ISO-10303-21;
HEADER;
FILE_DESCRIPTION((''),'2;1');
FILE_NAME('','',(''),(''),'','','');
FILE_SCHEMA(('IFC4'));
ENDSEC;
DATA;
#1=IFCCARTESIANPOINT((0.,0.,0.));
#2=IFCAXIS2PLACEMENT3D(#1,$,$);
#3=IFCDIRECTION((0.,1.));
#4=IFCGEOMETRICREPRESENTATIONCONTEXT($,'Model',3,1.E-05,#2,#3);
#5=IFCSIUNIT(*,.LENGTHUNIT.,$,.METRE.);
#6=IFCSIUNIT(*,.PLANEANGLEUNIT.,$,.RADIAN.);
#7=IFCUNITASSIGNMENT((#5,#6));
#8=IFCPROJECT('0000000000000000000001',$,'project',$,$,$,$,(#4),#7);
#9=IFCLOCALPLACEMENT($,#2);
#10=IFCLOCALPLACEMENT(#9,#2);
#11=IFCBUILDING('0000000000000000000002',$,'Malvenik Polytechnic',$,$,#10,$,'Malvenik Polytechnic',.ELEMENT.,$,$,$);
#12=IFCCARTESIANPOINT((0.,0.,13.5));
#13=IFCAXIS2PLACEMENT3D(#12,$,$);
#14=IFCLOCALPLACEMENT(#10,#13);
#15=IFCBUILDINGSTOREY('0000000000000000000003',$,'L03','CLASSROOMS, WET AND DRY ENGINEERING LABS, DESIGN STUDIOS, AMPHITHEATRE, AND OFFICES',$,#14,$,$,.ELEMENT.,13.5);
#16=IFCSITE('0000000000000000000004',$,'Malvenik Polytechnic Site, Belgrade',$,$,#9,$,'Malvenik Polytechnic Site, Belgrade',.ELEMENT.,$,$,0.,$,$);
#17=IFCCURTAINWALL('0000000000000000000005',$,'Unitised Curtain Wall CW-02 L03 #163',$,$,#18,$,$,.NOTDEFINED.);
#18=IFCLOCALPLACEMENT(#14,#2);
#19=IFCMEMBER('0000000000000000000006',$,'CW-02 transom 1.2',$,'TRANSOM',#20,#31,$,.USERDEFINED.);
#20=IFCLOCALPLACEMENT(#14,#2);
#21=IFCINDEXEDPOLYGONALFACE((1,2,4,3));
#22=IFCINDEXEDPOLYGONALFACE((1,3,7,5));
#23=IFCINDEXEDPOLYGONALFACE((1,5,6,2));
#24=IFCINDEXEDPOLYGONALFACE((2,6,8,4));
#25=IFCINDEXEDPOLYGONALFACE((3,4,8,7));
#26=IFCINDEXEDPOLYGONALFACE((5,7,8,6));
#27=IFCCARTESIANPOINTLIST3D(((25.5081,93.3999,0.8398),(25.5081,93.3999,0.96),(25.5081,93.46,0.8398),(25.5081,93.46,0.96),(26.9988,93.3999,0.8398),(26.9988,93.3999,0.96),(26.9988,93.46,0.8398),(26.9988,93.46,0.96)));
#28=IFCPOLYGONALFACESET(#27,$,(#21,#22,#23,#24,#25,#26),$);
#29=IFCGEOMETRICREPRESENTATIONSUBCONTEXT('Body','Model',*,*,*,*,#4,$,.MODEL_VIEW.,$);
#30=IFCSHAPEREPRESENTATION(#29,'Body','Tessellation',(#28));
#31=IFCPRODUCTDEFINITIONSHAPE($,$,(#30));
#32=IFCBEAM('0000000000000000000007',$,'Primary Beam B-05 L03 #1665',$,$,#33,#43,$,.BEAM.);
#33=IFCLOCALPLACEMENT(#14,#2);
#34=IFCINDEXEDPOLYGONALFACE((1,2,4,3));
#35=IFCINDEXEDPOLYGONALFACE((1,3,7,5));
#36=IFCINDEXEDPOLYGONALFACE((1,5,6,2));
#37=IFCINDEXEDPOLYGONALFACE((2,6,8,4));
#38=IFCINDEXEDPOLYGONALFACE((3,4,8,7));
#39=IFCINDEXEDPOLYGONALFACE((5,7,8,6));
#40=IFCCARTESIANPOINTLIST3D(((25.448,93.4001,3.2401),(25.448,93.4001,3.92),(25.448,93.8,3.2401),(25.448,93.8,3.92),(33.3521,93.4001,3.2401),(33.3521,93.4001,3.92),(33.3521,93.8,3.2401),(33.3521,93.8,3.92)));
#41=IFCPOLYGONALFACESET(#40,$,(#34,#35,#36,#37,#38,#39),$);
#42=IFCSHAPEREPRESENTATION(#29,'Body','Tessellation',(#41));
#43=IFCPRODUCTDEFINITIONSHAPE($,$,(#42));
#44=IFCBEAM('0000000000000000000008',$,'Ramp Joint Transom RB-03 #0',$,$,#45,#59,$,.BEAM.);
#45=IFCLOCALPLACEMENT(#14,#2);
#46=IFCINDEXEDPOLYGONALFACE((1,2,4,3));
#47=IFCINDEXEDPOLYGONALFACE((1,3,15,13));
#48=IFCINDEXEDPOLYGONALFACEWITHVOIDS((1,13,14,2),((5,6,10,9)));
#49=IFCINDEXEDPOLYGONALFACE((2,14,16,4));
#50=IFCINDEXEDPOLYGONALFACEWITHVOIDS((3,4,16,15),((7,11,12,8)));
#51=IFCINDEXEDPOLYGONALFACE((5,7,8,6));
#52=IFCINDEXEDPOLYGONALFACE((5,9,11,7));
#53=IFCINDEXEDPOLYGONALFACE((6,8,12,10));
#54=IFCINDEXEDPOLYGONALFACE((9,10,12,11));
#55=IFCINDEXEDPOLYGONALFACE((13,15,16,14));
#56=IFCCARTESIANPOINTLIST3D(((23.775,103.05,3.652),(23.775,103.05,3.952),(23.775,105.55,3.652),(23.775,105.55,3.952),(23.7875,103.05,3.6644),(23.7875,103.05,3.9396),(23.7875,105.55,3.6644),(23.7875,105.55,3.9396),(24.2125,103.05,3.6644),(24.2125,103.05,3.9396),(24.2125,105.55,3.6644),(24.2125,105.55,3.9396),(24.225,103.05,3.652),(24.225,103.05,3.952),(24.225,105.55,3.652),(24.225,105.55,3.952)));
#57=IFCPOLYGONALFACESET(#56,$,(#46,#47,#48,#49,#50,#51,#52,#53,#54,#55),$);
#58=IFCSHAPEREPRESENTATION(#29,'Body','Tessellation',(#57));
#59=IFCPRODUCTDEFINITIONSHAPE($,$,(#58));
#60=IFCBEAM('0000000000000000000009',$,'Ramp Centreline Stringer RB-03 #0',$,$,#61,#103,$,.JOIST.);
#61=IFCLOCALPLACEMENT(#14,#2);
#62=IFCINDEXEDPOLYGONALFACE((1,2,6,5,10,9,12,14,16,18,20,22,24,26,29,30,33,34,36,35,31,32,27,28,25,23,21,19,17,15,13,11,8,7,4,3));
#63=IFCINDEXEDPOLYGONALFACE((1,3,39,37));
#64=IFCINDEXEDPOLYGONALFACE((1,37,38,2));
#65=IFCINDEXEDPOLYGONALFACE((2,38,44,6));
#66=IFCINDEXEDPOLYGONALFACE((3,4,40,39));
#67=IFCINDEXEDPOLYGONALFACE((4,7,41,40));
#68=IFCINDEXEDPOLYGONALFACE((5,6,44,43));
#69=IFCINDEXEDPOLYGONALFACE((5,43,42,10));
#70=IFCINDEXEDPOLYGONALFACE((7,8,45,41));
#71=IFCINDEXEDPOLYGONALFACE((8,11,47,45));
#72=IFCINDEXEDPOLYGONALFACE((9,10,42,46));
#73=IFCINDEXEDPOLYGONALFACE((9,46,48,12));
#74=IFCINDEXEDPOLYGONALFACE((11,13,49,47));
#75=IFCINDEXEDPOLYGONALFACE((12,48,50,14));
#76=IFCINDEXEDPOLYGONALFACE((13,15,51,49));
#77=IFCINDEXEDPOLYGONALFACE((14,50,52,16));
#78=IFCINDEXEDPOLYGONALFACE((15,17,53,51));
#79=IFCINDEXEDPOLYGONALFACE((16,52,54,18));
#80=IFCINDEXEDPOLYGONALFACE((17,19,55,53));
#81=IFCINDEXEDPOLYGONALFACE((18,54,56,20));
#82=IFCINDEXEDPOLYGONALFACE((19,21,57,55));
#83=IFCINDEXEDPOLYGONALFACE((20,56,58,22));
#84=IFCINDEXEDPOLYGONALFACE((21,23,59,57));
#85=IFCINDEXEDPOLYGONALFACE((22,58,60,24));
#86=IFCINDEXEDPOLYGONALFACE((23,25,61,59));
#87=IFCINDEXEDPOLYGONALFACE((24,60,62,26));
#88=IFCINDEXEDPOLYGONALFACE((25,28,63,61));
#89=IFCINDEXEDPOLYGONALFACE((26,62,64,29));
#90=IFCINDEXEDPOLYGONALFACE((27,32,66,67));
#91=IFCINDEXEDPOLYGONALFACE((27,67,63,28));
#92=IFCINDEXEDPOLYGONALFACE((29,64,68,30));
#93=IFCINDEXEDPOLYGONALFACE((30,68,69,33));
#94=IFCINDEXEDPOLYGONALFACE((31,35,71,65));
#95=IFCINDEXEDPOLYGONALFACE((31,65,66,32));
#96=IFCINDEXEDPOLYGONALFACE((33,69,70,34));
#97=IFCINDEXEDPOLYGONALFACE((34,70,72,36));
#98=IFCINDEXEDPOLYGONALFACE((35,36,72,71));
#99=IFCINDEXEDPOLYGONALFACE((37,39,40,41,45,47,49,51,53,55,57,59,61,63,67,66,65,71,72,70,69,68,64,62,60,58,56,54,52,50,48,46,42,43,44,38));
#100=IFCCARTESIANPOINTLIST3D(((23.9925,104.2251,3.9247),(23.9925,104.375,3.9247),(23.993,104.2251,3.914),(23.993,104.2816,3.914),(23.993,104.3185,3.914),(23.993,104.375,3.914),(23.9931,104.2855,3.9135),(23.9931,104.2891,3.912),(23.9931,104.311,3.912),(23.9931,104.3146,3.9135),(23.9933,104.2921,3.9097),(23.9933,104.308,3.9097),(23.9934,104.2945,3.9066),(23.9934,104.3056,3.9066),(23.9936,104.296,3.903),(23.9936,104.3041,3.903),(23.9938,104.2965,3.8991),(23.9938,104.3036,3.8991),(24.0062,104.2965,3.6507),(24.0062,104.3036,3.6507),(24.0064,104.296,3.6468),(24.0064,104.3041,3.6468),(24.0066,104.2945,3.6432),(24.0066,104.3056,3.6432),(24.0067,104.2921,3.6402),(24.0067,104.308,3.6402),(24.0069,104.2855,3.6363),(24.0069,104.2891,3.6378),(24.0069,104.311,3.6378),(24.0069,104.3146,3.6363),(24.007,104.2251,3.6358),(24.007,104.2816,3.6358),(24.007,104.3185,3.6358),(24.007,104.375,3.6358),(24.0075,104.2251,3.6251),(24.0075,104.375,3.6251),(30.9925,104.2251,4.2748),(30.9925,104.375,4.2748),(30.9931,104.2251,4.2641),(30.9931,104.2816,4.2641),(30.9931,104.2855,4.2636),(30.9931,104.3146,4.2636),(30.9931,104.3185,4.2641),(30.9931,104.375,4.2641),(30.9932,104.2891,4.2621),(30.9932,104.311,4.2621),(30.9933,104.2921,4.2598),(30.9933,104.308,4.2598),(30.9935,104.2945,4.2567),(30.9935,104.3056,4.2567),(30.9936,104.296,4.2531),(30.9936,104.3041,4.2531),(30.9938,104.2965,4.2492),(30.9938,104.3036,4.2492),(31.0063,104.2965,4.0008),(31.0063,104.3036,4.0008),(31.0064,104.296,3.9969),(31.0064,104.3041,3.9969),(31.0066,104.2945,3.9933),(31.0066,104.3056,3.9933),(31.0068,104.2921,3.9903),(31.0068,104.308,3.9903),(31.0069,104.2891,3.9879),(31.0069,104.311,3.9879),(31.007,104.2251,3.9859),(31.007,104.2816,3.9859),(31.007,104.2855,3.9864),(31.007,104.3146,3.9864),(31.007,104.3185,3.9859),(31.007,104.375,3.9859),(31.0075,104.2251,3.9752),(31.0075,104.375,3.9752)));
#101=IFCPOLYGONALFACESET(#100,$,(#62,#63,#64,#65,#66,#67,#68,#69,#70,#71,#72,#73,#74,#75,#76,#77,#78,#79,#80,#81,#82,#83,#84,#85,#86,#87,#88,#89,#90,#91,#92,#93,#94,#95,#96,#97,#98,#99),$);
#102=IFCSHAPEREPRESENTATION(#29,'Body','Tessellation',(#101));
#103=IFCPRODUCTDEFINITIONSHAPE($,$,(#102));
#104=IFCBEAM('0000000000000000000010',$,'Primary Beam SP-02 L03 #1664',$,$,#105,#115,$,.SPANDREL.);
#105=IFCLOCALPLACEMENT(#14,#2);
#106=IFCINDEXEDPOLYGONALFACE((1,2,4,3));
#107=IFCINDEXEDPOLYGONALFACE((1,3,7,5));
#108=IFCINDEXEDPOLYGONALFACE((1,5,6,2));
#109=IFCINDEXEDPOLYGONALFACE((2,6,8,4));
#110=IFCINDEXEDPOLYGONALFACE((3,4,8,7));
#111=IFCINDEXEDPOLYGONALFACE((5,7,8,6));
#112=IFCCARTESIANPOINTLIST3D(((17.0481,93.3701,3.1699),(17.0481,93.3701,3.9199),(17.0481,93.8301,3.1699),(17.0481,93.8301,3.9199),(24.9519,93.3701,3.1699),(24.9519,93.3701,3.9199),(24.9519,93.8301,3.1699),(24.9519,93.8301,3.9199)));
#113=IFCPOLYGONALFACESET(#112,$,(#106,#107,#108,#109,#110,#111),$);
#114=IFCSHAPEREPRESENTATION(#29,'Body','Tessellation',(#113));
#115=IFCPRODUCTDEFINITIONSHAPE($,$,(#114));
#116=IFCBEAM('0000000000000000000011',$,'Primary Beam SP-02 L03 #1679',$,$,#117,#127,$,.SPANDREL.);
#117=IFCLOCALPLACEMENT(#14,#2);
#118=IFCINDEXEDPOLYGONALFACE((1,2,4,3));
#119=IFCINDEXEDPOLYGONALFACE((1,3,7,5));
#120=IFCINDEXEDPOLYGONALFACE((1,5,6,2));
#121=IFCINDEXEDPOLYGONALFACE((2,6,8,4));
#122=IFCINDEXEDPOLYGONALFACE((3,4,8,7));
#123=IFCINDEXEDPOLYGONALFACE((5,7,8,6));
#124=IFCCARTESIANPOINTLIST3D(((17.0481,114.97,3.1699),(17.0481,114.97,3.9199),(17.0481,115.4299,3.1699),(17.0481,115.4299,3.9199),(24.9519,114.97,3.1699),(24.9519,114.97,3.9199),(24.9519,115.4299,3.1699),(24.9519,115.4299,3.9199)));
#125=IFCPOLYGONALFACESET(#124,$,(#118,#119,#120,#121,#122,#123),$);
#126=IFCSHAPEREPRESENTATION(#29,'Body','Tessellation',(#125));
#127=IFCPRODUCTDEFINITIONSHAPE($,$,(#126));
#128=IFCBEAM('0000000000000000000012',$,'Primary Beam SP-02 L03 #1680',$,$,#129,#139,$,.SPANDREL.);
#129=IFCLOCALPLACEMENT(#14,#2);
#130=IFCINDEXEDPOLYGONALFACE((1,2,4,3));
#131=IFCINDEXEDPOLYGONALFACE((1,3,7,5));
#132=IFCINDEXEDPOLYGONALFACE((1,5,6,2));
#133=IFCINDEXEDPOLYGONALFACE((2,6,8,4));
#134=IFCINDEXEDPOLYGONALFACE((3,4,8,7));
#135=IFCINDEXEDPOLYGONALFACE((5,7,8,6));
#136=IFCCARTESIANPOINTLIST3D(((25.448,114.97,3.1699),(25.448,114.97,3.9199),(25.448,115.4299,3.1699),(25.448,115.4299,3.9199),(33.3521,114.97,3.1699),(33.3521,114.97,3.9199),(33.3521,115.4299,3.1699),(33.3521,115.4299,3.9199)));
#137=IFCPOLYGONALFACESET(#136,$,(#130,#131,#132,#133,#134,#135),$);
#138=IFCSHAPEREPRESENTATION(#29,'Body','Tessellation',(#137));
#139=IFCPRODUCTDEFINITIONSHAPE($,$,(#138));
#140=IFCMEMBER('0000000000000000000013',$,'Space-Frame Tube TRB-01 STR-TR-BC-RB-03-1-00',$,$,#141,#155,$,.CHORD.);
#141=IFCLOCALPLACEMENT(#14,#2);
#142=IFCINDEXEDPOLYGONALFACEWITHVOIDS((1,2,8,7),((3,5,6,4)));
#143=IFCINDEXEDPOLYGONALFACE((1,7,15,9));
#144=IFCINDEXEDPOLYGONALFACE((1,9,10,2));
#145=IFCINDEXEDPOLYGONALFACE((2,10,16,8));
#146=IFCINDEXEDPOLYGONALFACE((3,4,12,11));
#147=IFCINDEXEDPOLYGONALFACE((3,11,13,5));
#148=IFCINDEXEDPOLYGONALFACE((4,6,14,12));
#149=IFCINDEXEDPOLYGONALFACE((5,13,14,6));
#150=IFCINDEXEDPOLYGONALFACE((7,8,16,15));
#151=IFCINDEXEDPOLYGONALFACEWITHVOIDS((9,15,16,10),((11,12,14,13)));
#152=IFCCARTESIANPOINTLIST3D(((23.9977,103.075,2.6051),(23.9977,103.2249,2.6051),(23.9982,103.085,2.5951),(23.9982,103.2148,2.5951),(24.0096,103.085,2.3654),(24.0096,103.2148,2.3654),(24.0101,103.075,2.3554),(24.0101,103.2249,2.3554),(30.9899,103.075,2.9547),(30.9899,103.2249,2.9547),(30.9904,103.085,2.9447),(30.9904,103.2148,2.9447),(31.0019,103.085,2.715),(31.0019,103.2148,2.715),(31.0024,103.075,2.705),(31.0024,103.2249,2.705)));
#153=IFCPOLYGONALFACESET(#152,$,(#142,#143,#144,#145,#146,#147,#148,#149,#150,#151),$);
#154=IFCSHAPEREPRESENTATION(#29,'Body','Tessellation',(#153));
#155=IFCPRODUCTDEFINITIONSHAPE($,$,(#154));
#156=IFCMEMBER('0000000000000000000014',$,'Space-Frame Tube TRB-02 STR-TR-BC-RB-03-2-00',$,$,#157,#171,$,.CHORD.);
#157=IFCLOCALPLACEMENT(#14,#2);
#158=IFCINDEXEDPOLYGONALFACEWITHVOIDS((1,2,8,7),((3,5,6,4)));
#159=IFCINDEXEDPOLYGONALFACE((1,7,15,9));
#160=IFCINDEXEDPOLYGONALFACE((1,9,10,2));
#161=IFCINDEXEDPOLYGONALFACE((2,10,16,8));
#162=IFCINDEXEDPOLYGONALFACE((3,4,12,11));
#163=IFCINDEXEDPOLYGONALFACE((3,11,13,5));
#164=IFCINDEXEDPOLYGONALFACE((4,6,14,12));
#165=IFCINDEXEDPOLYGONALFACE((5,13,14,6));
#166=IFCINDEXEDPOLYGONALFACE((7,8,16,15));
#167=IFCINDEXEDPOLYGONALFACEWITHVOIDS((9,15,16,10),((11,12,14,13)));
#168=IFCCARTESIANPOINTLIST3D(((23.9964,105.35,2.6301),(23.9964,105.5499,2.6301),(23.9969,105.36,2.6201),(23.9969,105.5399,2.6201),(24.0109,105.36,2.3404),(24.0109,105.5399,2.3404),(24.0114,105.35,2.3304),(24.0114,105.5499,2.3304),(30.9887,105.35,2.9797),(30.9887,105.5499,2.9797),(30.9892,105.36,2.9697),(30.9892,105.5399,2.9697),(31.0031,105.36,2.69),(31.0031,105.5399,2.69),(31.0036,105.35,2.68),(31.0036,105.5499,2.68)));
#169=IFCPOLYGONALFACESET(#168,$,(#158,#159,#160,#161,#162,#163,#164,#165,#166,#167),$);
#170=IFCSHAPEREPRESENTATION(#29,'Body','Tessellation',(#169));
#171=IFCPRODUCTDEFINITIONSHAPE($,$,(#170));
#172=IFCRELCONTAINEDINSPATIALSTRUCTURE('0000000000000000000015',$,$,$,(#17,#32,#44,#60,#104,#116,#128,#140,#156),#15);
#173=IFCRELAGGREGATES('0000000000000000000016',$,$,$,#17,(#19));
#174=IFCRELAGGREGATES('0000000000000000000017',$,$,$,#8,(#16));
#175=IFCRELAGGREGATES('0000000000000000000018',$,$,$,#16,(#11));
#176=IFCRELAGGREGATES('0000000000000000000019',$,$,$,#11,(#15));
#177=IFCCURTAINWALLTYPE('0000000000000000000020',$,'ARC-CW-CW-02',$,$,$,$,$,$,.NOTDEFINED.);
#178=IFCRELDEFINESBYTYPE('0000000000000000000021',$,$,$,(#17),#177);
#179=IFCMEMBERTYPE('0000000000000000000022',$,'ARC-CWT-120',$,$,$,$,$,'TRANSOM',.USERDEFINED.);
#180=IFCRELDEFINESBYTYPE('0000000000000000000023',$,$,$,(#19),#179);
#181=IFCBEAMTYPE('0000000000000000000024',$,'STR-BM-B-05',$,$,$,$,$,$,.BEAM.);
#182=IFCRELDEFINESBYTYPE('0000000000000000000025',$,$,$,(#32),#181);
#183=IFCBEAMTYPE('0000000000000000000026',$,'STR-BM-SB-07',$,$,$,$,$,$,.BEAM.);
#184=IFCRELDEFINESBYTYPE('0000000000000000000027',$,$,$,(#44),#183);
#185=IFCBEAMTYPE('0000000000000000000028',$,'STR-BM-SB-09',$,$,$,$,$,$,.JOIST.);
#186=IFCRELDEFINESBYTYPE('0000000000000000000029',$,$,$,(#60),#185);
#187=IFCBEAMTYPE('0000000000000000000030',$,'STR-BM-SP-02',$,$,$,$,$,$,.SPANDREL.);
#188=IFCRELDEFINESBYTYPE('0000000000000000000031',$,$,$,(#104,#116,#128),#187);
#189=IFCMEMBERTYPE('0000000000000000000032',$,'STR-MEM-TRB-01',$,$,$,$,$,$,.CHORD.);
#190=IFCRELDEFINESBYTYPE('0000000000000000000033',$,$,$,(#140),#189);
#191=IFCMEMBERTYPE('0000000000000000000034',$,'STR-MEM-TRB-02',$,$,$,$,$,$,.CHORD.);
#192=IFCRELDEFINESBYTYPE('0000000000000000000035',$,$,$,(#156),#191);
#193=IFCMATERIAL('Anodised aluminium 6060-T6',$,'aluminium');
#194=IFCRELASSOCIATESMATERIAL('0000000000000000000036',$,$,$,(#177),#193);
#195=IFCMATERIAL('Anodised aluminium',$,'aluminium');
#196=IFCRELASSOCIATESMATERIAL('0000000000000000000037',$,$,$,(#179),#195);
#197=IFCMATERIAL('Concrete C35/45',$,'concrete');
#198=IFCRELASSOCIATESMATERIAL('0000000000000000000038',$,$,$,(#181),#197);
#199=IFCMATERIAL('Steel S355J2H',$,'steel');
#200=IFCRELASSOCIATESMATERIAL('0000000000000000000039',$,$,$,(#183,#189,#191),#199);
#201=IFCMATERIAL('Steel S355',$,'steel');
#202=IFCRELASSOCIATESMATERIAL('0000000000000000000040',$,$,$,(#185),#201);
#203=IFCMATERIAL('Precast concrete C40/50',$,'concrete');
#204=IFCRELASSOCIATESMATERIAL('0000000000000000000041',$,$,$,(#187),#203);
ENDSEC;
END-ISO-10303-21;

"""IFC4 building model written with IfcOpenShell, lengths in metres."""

from ifc_helpers import new_model, si_unit, direction, frame, origin, origin_2d, place, context, subcontext, project, spatial, rectangle, hollow_rectangle, i_section, extrude, material, material_profile, profile_set, type_object, element, aggregate, save


model = new_model("IFC4")

# Units and contexts
model_context = context("Model", 3, precision=1e-05, world=origin(), true_north=direction((0.0, 1.0)))
body_context = subcontext(model_context, "Body", "Model", "MODEL_VIEW")
ifc_project = project(units=[si_unit("LENGTHUNIT", "METRE"), si_unit("PLANEANGLEUNIT", "RADIAN")], contexts=[model_context])

# Site, building, storey
site_placement = place(None, origin())
site = spatial("IfcSite", under=ifc_project, at=site_placement, Name="Malvenik Polytechnic Site, Belgrade", LongName="Malvenik Polytechnic Site, Belgrade", CompositionType="ELEMENT", RefElevation=0.0)
building_placement = place(site_placement, origin())
building = spatial("IfcBuilding", under=site, at=building_placement, Name="Malvenik Polytechnic", LongName="Malvenik Polytechnic", CompositionType="ELEMENT")
storey_placement = place(building_placement, frame((0.0, 0.0, 13.5)))
storey = spatial("IfcBuildingStorey", under=building, at=storey_placement, Name="L03", Description="CLASSROOMS, WET AND DRY ENGINEERING LABS, DESIGN STUDIOS, AMPHITHEATRE, AND OFFICES", CompositionType="ELEMENT", Elevation=13.5)

# Shared definitions
ifc_material_1 = material(Name="Concrete C35/45", Category="concrete")
ifc_material_2 = material(Name="Steel S355J2H", Category="steel")

# Curtain wall, member
ifc_material_3 = material(Name="Anodised aluminium 6060-T6", Category="aluminium")
curtain_wall_type = type_object("IfcCurtainWallType", Name="ARC-CW-CW-02", PredefinedType="NOTDEFINED", material=ifc_material_3)
curtain_wall_placement = place(storey_placement, origin())
curtain_wall = element("IfcCurtainWall", 1, at=curtain_wall_placement, inside=storey, type_object=curtain_wall_type, Name="Unitised Curtain Wall CW-02 L03 #163", PredefinedType="NOTDEFINED")
ifc_material_4 = material(Name="Anodised aluminium", Category="aluminium")
ifc_material_profile_1 = material_profile(ifc_material_4, rectangle(XDim=0.0601, YDim=0.1201, at=origin_2d()), Name="ALU TRANSOM 60x120")
ifc_profile_set_1 = profile_set([ifc_material_profile_1], Name="Anodised aluminium")
member_type_1 = type_object("IfcMemberType", Name="ARC-CWT-120", ElementType="TRANSOM", PredefinedType="USERDEFINED", material=ifc_profile_set_1)
member_1_placement = place(storey_placement, frame((25.5081, 93.4299, 0.8999), z_axis=(1.0, 0.0, 0.0), x_axis=(0.0, 1.0, 0.0)))
member_1 = element("IfcMember", 2, at=member_1_placement, type_object=member_type_1, Name="CW-02 transom 1.2", ObjectType="TRANSOM", PredefinedType="USERDEFINED", context=body_context, shape_type="SweptSolid", body=[
    extrude(rectangle(XDim=0.0601, YDim=0.1201, at=origin_2d()), origin(), (0.0, 0.0, 1.0), 1.4907),
])
aggregate(curtain_wall, [member_1])

# Beams
ifc_material_profile_2 = material_profile(ifc_material_1, rectangle(XDim=0.3999, YDim=0.6799, at=origin_2d()), Name="RC BM 400x680")
ifc_profile_set_2 = profile_set([ifc_material_profile_2], Name="Concrete C35/45")
beam_type_1 = type_object("IfcBeamType", Name="STR-BM-B-05", PredefinedType="BEAM", material=ifc_profile_set_2)
beam_1_placement = place(storey_placement, frame((25.448, 93.6001, 3.5801), z_axis=(1.0, 0.0, 0.0), x_axis=(0.0, 1.0, 0.0)))
element("IfcBeam", 3, at=beam_1_placement, inside=storey, type_object=beam_type_1, Name="Primary Beam B-05 L03 #1665", PredefinedType="BEAM", context=body_context, shape_type="SweptSolid", body=[
    extrude(rectangle(XDim=0.3999, YDim=0.6799, at=origin_2d()), origin(), (0.0, 0.0, 1.0), 7.9041),
])
ifc_material_profile_3 = material_profile(ifc_material_2, hollow_rectangle(XDim=0.45, YDim=0.3, WallThickness=0.0125, at=origin_2d()), Name="RHS 450x300x12.5")
ifc_profile_set_3 = profile_set([ifc_material_profile_3], Name="Steel S355J2H")
beam_type_2 = type_object("IfcBeamType", Name="STR-BM-SB-07", PredefinedType="BEAM", material=ifc_profile_set_3)
beam_2_placement = place(storey_placement, frame((24.0, 103.05, 3.802), z_axis=(0.0, 1.0, 0.0), x_axis=(-1.0, 0.0, 0.0)))
element("IfcBeam", 4, at=beam_2_placement, inside=storey, type_object=beam_type_2, Name="Ramp Joint Transom RB-03 #0", PredefinedType="BEAM", context=body_context, shape_type="SweptSolid", body=[
    extrude(hollow_rectangle(XDim=0.45, YDim=0.3, WallThickness=0.0125, at=origin_2d()), origin(), (0.0, 0.0, 1.0), 2.5),
])
ifc_material_5 = material(Name="Steel S355", Category="steel")
ifc_material_profile_4 = material_profile(ifc_material_5, i_section(OverallWidth=0.1499, OverallDepth=0.3, WebThickness=0.0071, FlangeThickness=0.0107, FilletRadius=0.0149, at=origin_2d()), Name="IPE 300")
ifc_profile_set_4 = profile_set([ifc_material_profile_4], Name="Steel S355")
beam_type_3 = type_object("IfcBeamType", Name="STR-BM-SB-09", PredefinedType="JOIST", material=ifc_profile_set_4)
beam_3_placement = place(storey_placement, frame((24.0, 104.3, 3.7749), z_axis=(0.998752, 0.0, 0.049952), x_axis=(0.0, 1.0, 0.0)))
element("IfcBeam", 5, at=beam_3_placement, inside=storey, type_object=beam_type_3, Name="Ramp Centreline Stringer RB-03 #0", PredefinedType="JOIST", context=body_context, shape_type="SweptSolid", body=[
    extrude(i_section(OverallWidth=0.1499, OverallDepth=0.3, WebThickness=0.0071, FlangeThickness=0.0107, FilletRadius=0.0149, at=origin_2d()), origin(), (0.0, 0.0, 1.0), 7.0088),
])
ifc_material_6 = material(Name="Precast concrete C40/50", Category="concrete")
ifc_material_profile_5 = material_profile(ifc_material_6, rectangle(XDim=0.46, YDim=0.75, at=origin_2d()), Name="PC SPN 460x750")
ifc_profile_set_5 = profile_set([ifc_material_profile_5], Name="Precast concrete C40/50")
beam_type_4 = type_object("IfcBeamType", Name="STR-BM-SP-02", PredefinedType="SPANDREL", material=ifc_profile_set_5)
for number, where, z_axis, x_axis, name in (
    (6, (17.0481, 93.6001, 3.5449), (1.0, 0.0, 0.0), (0.0, 1.0, 0.0), "Primary Beam SP-02 L03 #1664"),
    (7, (17.0481, 115.2, 3.5449), (1.0, 0.0, 0.0), (0.0, 1.0, 0.0), "Primary Beam SP-02 L03 #1679"),
):
    element("IfcBeam", number, at=place(storey_placement, frame(where, z_axis=z_axis, x_axis=x_axis)), inside=storey, type_object=beam_type_4, Name=name, PredefinedType="SPANDREL", context=body_context, shape_type="SweptSolid", body=[
        extrude(rectangle(XDim=0.46, YDim=0.75, at=origin_2d()), origin(), (0.0, 0.0, 1.0), 7.9038),
    ])
beam_4_placement = place(storey_placement, frame((25.448, 115.2, 3.5449), z_axis=(1.0, 0.0, 0.0), x_axis=(0.0, 1.0, 0.0)))
element("IfcBeam", 8, at=beam_4_placement, inside=storey, type_object=beam_type_4, Name="Primary Beam SP-02 L03 #1680", PredefinedType="SPANDREL", context=body_context, shape_type="SweptSolid", body=[
    extrude(rectangle(XDim=0.46, YDim=0.75, at=origin_2d()), origin(), (0.0, 0.0, 1.0), 7.9041),
])

# Members
ifc_material_profile_6 = material_profile(ifc_material_2, hollow_rectangle(XDim=0.1499, YDim=0.25, WallThickness=0.01, at=origin_2d()), Name="RHS 250x150x10.0")
ifc_profile_set_6 = profile_set([ifc_material_profile_6], Name="Steel S355J2H")
member_type_2 = type_object("IfcMemberType", Name="STR-MEM-TRB-01", PredefinedType="CHORD", material=ifc_profile_set_6)
member_2_placement = place(storey_placement, frame((24.0039, 103.1499, 2.4802), z_axis=(0.998752, 0.0, 0.049938), x_axis=(0.0, 1.0, 0.0)))
element("IfcMember", 9, at=member_2_placement, inside=storey, type_object=member_type_2, Name="Space-Frame Tube TRB-01 STR-TR-BC-RB-03-1-00", PredefinedType="CHORD", context=body_context, shape_type="SweptSolid", body=[
    extrude(hollow_rectangle(XDim=0.1499, YDim=0.25, WallThickness=0.01, at=origin_2d()), origin(), (0.0, 0.0, 1.0), 7.001),
])
ifc_material_profile_7 = material_profile(ifc_material_2, hollow_rectangle(XDim=0.2, YDim=0.3, WallThickness=0.01, at=origin_2d()), Name="RHS 300x200x10.0")
ifc_profile_set_7 = profile_set([ifc_material_profile_7], Name="Steel S355J2H")
member_type_3 = type_object("IfcMemberType", Name="STR-MEM-TRB-02", PredefinedType="CHORD", material=ifc_profile_set_7)
member_3_placement = place(storey_placement, frame((24.0039, 105.45, 2.4802), z_axis=(0.998752, 0.0, 0.049938), x_axis=(0.0, 1.0, 0.0)))
element("IfcMember", 10, at=member_3_placement, inside=storey, type_object=member_type_3, Name="Space-Frame Tube TRB-02 STR-TR-BC-RB-03-2-00", PredefinedType="CHORD", context=body_context, shape_type="SweptSolid", body=[
    extrude(hollow_rectangle(XDim=0.2, YDim=0.3, WallThickness=0.01, at=origin_2d()), origin(), (0.0, 0.0, 1.0), 7.001),
])

save(model, "model.ifc")
